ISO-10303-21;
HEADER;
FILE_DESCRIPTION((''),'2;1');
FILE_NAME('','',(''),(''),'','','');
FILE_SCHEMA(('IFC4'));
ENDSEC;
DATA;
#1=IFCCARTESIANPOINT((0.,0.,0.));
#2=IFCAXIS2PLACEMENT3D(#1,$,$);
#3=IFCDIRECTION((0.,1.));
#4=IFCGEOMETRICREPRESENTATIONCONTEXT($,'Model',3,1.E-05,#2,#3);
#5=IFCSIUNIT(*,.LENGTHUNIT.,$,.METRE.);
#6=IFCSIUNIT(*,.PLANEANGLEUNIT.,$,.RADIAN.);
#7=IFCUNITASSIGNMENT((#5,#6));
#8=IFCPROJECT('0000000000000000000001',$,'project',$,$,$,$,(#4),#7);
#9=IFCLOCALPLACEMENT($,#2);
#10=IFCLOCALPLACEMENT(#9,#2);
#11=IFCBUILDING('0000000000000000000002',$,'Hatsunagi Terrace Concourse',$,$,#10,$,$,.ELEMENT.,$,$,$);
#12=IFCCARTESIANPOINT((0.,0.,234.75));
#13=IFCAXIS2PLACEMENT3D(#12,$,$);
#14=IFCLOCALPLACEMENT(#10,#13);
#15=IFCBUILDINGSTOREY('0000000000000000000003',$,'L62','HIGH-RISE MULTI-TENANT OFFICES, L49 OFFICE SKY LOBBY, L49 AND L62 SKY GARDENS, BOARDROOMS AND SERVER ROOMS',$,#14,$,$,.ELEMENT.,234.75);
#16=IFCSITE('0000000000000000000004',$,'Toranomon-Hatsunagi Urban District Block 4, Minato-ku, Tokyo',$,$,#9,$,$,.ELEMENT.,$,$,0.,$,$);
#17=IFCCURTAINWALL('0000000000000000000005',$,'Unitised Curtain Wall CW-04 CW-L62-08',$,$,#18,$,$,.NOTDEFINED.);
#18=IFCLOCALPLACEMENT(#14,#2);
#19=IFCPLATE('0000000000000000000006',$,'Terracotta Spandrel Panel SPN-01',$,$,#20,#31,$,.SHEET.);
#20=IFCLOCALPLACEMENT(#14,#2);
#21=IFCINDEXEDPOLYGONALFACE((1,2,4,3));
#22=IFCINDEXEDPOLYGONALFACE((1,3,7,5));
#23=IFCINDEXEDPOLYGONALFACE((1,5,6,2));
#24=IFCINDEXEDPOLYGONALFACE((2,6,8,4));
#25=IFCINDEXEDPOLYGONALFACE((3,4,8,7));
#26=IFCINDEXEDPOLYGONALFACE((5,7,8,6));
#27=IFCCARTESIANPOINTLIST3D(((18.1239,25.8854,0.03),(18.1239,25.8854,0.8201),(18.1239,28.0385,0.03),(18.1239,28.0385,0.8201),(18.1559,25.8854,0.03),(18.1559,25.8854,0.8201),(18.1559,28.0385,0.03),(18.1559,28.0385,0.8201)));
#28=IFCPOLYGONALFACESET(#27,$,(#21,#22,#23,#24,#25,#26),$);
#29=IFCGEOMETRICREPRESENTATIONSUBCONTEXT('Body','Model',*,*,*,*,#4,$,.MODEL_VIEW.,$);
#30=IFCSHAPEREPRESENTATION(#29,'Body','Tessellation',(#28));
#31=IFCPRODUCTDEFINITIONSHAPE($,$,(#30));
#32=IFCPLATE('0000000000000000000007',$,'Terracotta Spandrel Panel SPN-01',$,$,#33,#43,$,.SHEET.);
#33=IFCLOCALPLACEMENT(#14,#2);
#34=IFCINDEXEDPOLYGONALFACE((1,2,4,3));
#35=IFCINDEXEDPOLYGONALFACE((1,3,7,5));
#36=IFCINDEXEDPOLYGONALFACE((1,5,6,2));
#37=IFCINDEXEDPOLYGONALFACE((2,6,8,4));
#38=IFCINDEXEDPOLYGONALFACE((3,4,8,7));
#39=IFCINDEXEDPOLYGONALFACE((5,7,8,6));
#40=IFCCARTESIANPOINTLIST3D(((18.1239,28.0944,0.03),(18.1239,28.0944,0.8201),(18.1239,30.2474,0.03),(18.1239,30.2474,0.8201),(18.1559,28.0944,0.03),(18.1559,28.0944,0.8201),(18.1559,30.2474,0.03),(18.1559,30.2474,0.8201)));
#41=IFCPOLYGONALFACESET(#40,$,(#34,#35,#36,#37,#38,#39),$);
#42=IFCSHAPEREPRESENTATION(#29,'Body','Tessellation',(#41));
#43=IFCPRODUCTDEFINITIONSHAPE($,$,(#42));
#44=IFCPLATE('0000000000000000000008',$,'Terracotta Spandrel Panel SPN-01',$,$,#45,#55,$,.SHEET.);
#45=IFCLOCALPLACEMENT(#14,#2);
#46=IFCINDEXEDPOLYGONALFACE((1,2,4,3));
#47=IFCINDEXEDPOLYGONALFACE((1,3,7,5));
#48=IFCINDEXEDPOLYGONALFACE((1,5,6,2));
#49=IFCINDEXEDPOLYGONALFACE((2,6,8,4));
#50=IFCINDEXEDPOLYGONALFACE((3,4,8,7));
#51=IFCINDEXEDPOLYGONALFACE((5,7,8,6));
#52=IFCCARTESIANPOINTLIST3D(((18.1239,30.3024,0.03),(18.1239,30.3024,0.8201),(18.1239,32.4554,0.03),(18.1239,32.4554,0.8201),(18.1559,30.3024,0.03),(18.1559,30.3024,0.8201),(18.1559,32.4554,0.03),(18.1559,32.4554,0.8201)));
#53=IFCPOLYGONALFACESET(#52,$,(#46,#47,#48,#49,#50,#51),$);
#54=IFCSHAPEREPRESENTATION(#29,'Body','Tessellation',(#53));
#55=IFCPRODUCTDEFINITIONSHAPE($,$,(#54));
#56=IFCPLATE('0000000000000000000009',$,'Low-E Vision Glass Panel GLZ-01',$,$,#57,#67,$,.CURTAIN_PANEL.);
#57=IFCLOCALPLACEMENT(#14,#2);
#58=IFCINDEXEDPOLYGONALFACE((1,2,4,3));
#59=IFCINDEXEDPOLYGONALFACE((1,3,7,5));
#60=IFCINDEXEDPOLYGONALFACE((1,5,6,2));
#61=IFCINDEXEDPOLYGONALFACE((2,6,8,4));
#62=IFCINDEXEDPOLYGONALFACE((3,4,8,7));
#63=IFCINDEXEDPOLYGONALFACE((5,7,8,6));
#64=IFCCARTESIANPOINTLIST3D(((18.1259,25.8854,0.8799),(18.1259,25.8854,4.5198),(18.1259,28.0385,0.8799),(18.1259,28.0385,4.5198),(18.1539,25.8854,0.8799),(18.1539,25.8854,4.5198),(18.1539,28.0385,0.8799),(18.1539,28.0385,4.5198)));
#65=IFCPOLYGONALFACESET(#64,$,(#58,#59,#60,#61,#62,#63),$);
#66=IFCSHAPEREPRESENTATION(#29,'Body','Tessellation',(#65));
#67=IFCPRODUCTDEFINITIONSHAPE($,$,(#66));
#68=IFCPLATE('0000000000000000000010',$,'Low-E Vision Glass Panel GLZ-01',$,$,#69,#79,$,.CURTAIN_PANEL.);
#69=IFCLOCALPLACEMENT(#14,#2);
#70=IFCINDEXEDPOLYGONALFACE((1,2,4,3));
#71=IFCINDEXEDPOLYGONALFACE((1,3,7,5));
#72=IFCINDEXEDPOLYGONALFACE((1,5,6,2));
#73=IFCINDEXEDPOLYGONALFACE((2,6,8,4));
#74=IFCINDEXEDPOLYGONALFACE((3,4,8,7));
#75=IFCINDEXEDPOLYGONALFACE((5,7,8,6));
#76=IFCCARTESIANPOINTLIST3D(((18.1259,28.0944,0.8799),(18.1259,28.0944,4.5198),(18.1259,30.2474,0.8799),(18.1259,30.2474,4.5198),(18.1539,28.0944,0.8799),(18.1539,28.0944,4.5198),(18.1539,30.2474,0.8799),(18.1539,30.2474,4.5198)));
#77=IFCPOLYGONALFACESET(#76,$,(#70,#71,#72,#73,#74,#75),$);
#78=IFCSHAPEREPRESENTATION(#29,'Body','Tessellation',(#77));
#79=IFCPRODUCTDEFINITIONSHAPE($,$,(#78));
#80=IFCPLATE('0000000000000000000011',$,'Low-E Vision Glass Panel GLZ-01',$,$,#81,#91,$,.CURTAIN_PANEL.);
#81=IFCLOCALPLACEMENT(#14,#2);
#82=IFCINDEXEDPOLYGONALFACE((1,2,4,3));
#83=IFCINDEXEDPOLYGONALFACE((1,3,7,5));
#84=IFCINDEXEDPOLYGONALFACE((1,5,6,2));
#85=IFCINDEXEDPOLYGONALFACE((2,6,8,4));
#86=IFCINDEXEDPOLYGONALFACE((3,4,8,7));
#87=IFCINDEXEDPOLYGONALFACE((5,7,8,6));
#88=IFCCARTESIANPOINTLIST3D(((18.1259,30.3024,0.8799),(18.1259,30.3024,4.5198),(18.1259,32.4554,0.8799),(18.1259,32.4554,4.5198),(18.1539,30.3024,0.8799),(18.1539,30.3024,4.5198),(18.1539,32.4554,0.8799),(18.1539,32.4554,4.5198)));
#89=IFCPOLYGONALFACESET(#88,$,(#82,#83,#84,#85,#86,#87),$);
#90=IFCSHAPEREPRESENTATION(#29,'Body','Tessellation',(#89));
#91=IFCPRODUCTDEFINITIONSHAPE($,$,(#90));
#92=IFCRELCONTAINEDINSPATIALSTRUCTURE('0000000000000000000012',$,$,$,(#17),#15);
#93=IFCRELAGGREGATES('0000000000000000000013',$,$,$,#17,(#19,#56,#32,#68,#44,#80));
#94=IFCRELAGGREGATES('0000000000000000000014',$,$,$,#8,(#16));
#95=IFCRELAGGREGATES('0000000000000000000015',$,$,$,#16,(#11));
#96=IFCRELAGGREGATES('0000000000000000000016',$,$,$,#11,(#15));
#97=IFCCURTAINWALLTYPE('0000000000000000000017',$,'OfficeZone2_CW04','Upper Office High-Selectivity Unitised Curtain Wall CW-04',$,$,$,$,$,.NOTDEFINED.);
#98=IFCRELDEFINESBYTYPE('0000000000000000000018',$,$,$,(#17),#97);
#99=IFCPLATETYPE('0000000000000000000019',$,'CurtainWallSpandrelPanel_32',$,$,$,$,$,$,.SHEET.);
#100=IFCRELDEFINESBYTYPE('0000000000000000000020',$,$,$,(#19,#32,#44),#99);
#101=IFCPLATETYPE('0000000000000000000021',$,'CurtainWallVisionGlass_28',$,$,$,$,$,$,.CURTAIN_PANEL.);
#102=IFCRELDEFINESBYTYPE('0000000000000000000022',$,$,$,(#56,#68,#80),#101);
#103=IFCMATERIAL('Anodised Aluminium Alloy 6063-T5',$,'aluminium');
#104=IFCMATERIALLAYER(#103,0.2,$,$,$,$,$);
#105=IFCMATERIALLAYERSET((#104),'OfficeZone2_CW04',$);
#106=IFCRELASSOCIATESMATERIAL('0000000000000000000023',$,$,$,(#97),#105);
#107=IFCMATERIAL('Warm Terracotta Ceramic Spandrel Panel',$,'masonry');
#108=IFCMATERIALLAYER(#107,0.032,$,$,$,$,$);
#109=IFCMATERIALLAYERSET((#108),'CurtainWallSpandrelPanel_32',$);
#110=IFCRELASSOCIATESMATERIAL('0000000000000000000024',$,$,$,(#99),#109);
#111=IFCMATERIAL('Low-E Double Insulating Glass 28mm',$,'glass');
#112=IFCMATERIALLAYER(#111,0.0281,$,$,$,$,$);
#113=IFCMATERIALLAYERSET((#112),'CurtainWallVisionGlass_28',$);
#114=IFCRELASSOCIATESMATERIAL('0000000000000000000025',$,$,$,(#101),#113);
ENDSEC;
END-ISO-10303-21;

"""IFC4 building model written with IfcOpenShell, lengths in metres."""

from ifc_helpers import new_model, si_unit, direction, frame, origin, origin_2d, place, context, subcontext, project, spatial, rectangle, extrude, material, layer, layer_set, type_object, element, aggregate, save


model = new_model("IFC4")

# Units and contexts
model_context = context("Model", 3, precision=1e-05, world=origin(), true_north=direction((0.0, 1.0)))
body_context = subcontext(model_context, "Body", "Model", "MODEL_VIEW")
ifc_project = project(units=[si_unit("LENGTHUNIT", "METRE"), si_unit("PLANEANGLEUNIT", "RADIAN")], contexts=[model_context])

# Site, building, storey
site_placement = place(None, origin())
site = spatial("IfcSite", under=ifc_project, at=site_placement, Name="Toranomon-Hatsunagi Urban District Block 4, Minato-ku, Tokyo", CompositionType="ELEMENT", RefElevation=0.0)
building_placement = place(site_placement, origin())
building = spatial("IfcBuilding", under=site, at=building_placement, Name="Hatsunagi Terrace Concourse", CompositionType="ELEMENT")
storey_placement = place(building_placement, frame((0.0, 0.0, 234.75)))
storey = spatial("IfcBuildingStorey", under=building, at=storey_placement, Name="L62", Description="HIGH-RISE MULTI-TENANT OFFICES, L49 OFFICE SKY LOBBY, L49 AND L62 SKY GARDENS, BOARDROOMS AND SERVER ROOMS", CompositionType="ELEMENT", Elevation=234.75)

# Curtain wall
ifc_material_1 = material(Name="Anodised Aluminium Alloy 6063-T5", Category="aluminium")
ifc_layer_1 = layer(ifc_material_1, 0.2)
ifc_layer_set_1 = layer_set([ifc_layer_1], Name="OfficeZone2_CW04")
curtain_wall_type = type_object("IfcCurtainWallType", Name="OfficeZone2_CW04", Description="Upper Office High-Selectivity Unitised Curtain Wall CW-04", PredefinedType="NOTDEFINED", material=ifc_layer_set_1)
curtain_wall_placement = place(storey_placement, origin())
curtain_wall = element("IfcCurtainWall", 1, at=curtain_wall_placement, inside=storey, type_object=curtain_wall_type, Name="Unitised Curtain Wall CW-04 CW-L62-08", PredefinedType="NOTDEFINED")

# Plates
ifc_material_2 = material(Name="Warm Terracotta Ceramic Spandrel Panel", Category="masonry")
ifc_layer_2 = layer(ifc_material_2, 0.032)
ifc_layer_set_2 = layer_set([ifc_layer_2], Name="CurtainWallSpandrelPanel_32")
plate_type_1 = type_object("IfcPlateType", Name="CurtainWallSpandrelPanel_32", PredefinedType="SHEET", material=ifc_layer_set_2)
plate_1_placement = place(storey_placement, frame((18.1399, 26.9619, 0.03), z_axis=(0.0, 0.0, 1.0), x_axis=(0.0, 1.0, 0.0)))
plate_1 = element("IfcPlate", 2, at=plate_1_placement, type_object=plate_type_1, Name="Terracotta Spandrel Panel SPN-01", PredefinedType="SHEET", context=body_context, shape_type="SweptSolid", body=[
    extrude(rectangle(XDim=2.1531, YDim=0.032, at=origin_2d()), origin(), (0.0, 0.0, 1.0), 0.79),
])
plate_2_placement = place(storey_placement, frame((18.1399, 29.1709, 0.03), z_axis=(0.0, 0.0, 1.0), x_axis=(0.0, 1.0, 0.0)))
plate_2 = element("IfcPlate", 3, at=plate_2_placement, type_object=plate_type_1, Name="Terracotta Spandrel Panel SPN-01", PredefinedType="SHEET", context=body_context, shape_type="SweptSolid", body=[
    extrude(rectangle(XDim=2.1531, YDim=0.032, at=origin_2d()), origin(), (0.0, 0.0, 1.0), 0.79),
])
plate_3_placement = place(storey_placement, frame((18.1399, 31.3789, 0.03), z_axis=(0.0, 0.0, 1.0), x_axis=(0.0, 1.0, 0.0)))
plate_3 = element("IfcPlate", 4, at=plate_3_placement, type_object=plate_type_1, Name="Terracotta Spandrel Panel SPN-01", PredefinedType="SHEET", context=body_context, shape_type="SweptSolid", body=[
    extrude(rectangle(XDim=2.1531, YDim=0.032, at=origin_2d()), origin(), (0.0, 0.0, 1.0), 0.79),
])
ifc_material_3 = material(Name="Low-E Double Insulating Glass 28mm", Category="glass")
ifc_layer_3 = layer(ifc_material_3, 0.0281)
ifc_layer_set_3 = layer_set([ifc_layer_3], Name="CurtainWallVisionGlass_28")
plate_type_2 = type_object("IfcPlateType", Name="CurtainWallVisionGlass_28", PredefinedType="CURTAIN_PANEL", material=ifc_layer_set_3)
plate_4_placement = place(storey_placement, frame((18.1399, 26.9619, 0.8799), z_axis=(0.0, 0.0, 1.0), x_axis=(0.0, 1.0, 0.0)))
plate_4 = element("IfcPlate", 5, at=plate_4_placement, type_object=plate_type_2, Name="Low-E Vision Glass Panel GLZ-01", PredefinedType="CURTAIN_PANEL", context=body_context, shape_type="SweptSolid", body=[
    extrude(rectangle(XDim=2.1531, YDim=0.0281, at=origin_2d()), origin(), (0.0, 0.0, 1.0), 3.6399),
])
plate_5_placement = place(storey_placement, frame((18.1399, 29.1709, 0.8799), z_axis=(0.0, 0.0, 1.0), x_axis=(0.0, 1.0, 0.0)))
plate_5 = element("IfcPlate", 6, at=plate_5_placement, type_object=plate_type_2, Name="Low-E Vision Glass Panel GLZ-01", PredefinedType="CURTAIN_PANEL", context=body_context, shape_type="SweptSolid", body=[
    extrude(rectangle(XDim=2.1531, YDim=0.0281, at=origin_2d()), origin(), (0.0, 0.0, 1.0), 3.6399),
])
plate_6_placement = place(storey_placement, frame((18.1399, 31.3789, 0.8799), z_axis=(0.0, 0.0, 1.0), x_axis=(0.0, 1.0, 0.0)))
plate_6 = element("IfcPlate", 7, at=plate_6_placement, type_object=plate_type_2, Name="Low-E Vision Glass Panel GLZ-01", PredefinedType="CURTAIN_PANEL", context=body_context, shape_type="SweptSolid", body=[
    extrude(rectangle(XDim=2.1531, YDim=0.0281, at=origin_2d()), origin(), (0.0, 0.0, 1.0), 3.6399),
])
aggregate(curtain_wall, [plate_1, plate_4, plate_2, plate_5, plate_3, plate_6])

save(model, "model.ifc")
